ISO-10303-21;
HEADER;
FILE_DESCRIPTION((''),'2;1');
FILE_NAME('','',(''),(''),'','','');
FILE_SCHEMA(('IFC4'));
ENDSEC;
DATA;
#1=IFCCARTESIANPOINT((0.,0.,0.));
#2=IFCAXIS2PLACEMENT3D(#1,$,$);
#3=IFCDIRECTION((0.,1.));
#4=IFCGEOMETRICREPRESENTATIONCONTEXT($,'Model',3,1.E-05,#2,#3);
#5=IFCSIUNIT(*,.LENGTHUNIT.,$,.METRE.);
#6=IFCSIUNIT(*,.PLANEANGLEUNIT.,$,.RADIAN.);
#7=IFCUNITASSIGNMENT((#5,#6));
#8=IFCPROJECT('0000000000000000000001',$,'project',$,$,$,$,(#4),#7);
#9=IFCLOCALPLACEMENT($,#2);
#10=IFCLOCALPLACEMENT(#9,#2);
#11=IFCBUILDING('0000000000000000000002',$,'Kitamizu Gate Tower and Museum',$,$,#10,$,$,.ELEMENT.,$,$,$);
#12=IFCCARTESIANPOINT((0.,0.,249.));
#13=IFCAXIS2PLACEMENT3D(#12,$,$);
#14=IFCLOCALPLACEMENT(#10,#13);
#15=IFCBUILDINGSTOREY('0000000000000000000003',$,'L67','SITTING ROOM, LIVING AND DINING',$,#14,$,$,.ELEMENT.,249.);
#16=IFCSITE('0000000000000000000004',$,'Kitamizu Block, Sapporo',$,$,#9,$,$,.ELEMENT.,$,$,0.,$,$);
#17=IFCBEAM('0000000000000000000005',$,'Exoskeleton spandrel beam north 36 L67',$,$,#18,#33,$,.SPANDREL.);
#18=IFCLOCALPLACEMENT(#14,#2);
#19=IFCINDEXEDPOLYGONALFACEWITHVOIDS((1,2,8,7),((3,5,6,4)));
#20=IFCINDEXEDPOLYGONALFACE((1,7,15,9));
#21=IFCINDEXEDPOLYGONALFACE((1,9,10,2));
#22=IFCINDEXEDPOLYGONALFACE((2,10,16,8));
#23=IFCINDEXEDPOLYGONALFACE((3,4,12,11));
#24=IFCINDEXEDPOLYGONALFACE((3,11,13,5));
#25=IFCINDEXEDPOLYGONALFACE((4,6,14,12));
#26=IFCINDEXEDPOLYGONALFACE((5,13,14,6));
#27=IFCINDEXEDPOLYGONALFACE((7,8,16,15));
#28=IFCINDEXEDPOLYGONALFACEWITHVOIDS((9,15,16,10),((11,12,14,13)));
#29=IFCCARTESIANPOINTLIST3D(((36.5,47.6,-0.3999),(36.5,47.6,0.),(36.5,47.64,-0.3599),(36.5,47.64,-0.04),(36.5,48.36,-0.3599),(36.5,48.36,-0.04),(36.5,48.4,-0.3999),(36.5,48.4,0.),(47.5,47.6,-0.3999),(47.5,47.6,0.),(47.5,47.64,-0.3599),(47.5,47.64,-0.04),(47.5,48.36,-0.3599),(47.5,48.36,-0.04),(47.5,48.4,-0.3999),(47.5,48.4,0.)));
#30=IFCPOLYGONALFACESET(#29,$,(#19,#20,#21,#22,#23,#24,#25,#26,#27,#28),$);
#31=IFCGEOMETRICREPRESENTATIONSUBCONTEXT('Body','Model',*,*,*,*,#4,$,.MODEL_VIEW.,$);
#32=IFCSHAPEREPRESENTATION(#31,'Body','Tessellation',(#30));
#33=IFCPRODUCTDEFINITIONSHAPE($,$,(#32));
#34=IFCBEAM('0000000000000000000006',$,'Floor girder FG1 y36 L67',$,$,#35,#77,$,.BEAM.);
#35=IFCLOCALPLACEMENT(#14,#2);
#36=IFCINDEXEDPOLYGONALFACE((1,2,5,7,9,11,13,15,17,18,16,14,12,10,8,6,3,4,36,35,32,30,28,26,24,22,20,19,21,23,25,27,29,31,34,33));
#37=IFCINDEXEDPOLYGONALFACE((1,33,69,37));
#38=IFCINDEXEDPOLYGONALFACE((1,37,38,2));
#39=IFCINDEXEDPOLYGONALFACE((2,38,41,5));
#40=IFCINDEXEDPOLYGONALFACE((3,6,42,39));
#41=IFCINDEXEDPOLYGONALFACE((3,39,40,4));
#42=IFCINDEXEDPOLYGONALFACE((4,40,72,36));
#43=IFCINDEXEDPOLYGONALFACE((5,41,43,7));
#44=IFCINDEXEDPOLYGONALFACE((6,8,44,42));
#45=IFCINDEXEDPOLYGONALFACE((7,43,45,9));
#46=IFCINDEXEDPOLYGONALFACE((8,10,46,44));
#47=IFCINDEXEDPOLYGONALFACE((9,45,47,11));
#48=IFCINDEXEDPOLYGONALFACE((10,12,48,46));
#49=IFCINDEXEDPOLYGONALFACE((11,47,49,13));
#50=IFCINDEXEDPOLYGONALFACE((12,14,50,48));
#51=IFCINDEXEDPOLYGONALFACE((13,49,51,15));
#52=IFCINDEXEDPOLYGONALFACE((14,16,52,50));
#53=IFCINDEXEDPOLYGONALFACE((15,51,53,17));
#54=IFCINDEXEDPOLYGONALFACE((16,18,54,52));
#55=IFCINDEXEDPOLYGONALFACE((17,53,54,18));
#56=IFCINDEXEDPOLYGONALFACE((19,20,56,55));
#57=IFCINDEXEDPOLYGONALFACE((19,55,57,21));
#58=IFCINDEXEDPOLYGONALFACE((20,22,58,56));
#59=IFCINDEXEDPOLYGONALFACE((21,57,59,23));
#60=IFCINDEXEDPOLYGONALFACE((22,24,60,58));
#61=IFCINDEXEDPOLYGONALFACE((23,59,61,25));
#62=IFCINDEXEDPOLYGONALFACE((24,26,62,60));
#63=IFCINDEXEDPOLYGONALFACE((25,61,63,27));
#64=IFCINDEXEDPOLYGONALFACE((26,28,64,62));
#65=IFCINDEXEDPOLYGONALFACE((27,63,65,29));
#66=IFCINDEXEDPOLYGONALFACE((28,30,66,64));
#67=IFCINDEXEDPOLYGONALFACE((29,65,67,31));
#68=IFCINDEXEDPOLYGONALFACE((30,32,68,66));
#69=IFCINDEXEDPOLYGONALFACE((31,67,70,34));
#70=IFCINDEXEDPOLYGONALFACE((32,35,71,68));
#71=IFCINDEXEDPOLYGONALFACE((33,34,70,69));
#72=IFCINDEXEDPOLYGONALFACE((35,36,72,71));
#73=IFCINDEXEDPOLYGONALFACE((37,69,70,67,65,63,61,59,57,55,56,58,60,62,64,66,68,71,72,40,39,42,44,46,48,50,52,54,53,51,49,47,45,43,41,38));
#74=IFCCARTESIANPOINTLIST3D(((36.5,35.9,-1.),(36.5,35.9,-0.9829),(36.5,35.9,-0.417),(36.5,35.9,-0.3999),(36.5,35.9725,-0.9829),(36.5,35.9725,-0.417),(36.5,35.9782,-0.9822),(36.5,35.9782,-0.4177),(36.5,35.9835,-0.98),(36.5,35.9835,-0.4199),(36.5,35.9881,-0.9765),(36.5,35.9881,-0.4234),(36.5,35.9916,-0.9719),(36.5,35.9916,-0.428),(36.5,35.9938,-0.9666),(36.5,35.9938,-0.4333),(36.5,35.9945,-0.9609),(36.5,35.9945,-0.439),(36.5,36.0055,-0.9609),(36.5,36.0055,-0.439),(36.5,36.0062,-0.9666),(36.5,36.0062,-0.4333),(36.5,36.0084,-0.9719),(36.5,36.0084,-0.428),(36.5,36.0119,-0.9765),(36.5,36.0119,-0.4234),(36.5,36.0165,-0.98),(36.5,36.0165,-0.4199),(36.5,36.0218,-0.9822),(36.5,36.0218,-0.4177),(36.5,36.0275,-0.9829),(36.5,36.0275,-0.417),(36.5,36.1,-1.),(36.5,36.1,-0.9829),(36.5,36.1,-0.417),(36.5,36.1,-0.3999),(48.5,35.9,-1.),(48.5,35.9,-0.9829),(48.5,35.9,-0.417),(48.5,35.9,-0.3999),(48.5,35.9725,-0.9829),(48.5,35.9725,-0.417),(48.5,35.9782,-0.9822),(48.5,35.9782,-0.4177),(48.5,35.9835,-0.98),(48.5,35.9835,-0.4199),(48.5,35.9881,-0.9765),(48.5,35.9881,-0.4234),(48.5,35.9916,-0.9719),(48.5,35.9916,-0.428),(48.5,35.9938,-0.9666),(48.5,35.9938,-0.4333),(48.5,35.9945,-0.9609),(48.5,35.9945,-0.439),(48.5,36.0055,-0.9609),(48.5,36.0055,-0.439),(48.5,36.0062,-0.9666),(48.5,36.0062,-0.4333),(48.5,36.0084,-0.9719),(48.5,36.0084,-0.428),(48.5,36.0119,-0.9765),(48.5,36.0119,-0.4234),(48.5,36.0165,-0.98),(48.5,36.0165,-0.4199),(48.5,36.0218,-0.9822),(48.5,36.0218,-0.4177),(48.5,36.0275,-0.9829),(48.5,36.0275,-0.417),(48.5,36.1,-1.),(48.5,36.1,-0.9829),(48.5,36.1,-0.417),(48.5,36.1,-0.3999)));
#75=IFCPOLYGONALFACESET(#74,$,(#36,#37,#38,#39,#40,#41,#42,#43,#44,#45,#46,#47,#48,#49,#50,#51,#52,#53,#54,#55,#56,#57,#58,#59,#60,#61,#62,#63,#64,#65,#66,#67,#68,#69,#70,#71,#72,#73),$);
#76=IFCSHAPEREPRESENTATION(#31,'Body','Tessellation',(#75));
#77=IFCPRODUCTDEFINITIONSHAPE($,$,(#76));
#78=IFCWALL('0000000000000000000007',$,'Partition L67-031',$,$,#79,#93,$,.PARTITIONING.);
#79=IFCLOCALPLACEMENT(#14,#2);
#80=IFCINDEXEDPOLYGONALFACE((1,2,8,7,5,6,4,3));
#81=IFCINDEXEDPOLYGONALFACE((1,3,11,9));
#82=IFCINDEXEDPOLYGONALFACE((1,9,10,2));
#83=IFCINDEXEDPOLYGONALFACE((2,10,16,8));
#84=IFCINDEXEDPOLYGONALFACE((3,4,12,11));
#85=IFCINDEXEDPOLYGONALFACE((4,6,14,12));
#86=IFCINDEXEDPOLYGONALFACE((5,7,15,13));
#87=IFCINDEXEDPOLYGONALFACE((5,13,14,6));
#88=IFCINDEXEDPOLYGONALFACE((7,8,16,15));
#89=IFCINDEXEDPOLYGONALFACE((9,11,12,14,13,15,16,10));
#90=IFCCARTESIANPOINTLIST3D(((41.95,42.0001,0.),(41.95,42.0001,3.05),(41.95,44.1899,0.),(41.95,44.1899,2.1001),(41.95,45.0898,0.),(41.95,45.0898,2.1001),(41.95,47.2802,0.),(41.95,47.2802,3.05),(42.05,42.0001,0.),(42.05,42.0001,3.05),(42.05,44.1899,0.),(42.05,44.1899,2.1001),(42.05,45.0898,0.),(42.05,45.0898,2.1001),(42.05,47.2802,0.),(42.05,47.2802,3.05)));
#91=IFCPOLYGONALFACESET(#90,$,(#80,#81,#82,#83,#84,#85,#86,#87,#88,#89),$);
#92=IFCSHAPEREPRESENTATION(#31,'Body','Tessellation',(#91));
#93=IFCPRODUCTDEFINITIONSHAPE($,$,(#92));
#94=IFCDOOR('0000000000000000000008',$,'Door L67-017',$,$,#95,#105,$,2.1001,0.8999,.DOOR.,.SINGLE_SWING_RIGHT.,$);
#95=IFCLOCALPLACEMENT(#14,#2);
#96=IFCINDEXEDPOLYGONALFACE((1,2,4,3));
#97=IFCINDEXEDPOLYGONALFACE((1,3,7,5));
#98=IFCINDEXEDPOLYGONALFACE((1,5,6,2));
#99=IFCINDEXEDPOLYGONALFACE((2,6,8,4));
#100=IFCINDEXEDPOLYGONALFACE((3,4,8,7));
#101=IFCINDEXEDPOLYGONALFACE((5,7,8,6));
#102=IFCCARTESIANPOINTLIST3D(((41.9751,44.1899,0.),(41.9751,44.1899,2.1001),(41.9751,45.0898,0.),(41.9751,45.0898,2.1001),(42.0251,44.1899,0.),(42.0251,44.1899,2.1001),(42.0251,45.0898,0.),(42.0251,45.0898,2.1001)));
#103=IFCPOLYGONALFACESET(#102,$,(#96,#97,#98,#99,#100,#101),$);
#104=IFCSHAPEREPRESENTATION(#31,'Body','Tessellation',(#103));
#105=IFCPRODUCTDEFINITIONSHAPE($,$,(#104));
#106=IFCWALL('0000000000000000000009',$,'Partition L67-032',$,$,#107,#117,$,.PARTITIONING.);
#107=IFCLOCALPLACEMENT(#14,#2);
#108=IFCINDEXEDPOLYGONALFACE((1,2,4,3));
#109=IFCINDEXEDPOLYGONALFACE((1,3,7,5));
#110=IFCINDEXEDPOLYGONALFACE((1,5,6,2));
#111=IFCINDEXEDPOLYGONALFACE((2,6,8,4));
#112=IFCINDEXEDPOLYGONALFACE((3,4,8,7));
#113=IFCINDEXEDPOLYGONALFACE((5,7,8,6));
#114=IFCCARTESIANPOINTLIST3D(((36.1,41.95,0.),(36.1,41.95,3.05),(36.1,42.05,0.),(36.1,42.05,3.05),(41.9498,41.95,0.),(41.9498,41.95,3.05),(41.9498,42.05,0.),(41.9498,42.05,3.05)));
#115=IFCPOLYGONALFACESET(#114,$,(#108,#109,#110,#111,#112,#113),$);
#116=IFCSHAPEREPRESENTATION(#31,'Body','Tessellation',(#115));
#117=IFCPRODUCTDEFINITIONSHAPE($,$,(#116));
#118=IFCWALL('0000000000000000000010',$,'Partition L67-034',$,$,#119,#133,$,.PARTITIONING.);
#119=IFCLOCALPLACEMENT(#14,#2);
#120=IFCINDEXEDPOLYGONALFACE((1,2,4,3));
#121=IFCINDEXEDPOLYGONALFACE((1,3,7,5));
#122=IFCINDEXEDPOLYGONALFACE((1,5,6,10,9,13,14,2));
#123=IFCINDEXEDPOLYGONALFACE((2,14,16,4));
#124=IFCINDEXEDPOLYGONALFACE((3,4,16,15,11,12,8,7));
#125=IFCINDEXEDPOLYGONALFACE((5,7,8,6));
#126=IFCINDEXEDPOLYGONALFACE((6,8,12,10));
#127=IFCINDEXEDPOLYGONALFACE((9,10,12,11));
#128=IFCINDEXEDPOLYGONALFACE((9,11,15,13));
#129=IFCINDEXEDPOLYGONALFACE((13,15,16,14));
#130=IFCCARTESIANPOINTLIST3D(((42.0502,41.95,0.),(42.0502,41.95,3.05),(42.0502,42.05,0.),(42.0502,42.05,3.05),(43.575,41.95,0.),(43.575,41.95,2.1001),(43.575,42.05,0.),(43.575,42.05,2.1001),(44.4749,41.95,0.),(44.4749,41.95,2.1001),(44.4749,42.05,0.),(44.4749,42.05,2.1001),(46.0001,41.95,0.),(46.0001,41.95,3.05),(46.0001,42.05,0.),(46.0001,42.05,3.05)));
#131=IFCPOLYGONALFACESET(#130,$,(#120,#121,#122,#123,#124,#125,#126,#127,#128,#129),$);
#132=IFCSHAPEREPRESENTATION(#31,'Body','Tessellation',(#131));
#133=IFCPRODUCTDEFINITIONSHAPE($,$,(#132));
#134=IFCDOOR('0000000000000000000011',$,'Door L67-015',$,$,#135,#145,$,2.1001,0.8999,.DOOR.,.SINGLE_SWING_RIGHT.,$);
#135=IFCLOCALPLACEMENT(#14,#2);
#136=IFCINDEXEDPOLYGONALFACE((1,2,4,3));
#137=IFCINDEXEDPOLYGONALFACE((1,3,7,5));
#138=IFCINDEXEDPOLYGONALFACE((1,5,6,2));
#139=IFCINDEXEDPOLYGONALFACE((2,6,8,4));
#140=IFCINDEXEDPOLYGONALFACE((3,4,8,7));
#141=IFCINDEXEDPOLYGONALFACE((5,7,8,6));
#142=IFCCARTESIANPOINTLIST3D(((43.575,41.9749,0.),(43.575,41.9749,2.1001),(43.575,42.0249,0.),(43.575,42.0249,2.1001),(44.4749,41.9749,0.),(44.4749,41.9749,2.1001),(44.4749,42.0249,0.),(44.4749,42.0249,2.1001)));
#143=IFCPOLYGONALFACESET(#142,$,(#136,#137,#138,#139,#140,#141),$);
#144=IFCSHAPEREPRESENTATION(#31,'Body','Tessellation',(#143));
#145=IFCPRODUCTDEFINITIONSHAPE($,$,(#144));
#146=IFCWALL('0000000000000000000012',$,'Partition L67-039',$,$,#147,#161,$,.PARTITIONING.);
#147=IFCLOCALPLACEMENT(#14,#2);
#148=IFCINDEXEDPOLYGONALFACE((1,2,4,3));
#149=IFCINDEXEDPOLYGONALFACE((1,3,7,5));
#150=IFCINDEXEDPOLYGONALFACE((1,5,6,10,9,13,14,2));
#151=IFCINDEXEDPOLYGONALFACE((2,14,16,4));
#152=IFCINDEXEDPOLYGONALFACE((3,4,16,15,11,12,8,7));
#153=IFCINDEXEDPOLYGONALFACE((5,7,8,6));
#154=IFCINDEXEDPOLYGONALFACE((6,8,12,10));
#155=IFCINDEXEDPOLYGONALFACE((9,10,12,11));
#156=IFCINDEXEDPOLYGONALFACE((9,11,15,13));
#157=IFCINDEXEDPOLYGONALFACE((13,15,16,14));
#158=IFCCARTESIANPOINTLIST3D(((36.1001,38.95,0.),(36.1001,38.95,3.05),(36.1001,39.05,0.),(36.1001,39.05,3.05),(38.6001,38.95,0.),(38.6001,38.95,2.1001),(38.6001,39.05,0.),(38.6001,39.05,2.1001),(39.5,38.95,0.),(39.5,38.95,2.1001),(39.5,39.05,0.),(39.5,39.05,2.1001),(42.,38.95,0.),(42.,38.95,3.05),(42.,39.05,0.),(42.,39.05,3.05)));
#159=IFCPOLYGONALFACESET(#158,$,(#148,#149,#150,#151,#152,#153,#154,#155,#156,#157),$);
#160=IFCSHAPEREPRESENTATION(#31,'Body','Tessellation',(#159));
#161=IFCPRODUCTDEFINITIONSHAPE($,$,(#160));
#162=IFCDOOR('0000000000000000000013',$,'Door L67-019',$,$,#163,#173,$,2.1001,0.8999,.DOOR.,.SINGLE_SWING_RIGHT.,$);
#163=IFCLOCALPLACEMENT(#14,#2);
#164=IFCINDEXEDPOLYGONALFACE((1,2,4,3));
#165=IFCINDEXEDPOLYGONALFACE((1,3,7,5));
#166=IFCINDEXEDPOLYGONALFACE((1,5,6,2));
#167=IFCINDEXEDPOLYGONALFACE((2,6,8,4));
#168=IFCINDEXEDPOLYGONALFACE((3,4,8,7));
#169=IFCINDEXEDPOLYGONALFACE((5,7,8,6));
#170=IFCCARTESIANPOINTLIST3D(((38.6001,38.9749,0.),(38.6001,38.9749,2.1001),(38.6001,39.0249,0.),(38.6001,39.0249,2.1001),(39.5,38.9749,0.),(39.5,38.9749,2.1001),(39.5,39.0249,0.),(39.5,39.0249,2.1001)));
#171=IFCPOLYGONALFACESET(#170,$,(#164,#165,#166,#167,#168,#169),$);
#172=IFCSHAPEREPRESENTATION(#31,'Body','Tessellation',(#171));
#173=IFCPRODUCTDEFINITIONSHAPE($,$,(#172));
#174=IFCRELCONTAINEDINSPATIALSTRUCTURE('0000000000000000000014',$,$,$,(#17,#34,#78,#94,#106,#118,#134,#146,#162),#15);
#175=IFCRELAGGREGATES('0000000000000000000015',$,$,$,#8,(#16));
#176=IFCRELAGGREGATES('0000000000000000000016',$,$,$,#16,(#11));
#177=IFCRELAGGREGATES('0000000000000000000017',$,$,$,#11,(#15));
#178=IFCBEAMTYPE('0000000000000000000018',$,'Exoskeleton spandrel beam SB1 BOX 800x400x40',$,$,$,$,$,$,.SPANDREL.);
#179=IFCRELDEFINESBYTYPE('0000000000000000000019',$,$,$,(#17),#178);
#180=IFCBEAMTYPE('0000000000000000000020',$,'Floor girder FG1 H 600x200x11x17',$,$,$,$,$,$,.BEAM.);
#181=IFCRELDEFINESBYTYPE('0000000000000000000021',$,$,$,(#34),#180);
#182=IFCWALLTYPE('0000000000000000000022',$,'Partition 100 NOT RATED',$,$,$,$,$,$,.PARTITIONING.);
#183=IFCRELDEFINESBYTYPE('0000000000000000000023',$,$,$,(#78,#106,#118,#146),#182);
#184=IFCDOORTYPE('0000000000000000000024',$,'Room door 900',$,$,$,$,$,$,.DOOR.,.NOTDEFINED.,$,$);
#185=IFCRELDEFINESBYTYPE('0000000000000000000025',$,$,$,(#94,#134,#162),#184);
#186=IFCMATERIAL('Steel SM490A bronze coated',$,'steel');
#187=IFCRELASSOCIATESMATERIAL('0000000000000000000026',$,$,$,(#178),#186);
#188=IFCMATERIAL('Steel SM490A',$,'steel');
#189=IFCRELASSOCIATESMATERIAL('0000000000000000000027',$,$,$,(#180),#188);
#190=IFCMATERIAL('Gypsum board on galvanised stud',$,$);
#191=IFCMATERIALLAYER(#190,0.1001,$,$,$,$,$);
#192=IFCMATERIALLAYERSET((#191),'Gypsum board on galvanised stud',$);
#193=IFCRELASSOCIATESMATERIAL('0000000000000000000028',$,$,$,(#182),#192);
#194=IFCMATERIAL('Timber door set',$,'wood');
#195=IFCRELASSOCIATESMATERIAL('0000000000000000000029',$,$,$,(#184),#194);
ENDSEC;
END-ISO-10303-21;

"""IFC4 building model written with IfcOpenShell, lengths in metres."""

from ifc_helpers import new_model, si_unit, direction, frame, frame_2d, origin, origin_2d, place, context, subcontext, project, spatial, rectangle, hollow_rectangle, i_section, extrude, material, layer, layer_set, material_profile, profile_set, type_object, element, fill, save


model = new_model("IFC4")

# Units and contexts
model_context = context("Model", 3, precision=1e-05, world=origin(), true_north=direction((0.0, 1.0)))
body_context = subcontext(model_context, "Body", "Model", "MODEL_VIEW")
ifc_project = project(units=[si_unit("LENGTHUNIT", "METRE"), si_unit("PLANEANGLEUNIT", "RADIAN")], contexts=[model_context])

# Site, building, storey
site_placement = place(None, origin())
site = spatial("IfcSite", under=ifc_project, at=site_placement, Name="Kitamizu Block, Sapporo", CompositionType="ELEMENT", RefElevation=0.0)
building_placement = place(site_placement, origin())
building = spatial("IfcBuilding", under=site, at=building_placement, Name="Kitamizu Gate Tower and Museum", CompositionType="ELEMENT")
storey_placement = place(building_placement, frame((0.0, 0.0, 249.0)))
storey = spatial("IfcBuildingStorey", under=building, at=storey_placement, Name="L67", Description="SITTING ROOM, LIVING AND DINING", CompositionType="ELEMENT", Elevation=249.0)

# Beams
ifc_material_1 = material(Name="Steel SM490A bronze coated", Category="steel")
ifc_material_profile_1 = material_profile(ifc_material_1, hollow_rectangle(XDim=0.8, YDim=0.3999, WallThickness=0.04, at=origin_2d()), Name="BOX 800x400x40")
ifc_profile_set_1 = profile_set([ifc_material_profile_1], Name="Steel SM490A bronze coated")
beam_type_1 = type_object("IfcBeamType", Name="Exoskeleton spandrel beam SB1 BOX 800x400x40", PredefinedType="SPANDREL", material=ifc_profile_set_1)
beam_1_placement = place(storey_placement, frame((36.5, 48.0, -0.2), z_axis=(1.0, 0.0, 0.0), x_axis=(0.0, 1.0, 0.0)))
element("IfcBeam", 1, at=beam_1_placement, inside=storey, type_object=beam_type_1, Name="Exoskeleton spandrel beam north 36 L67", PredefinedType="SPANDREL", context=body_context, shape_type="SweptSolid", body=[
    extrude(hollow_rectangle(XDim=0.8, YDim=0.3999, WallThickness=0.04, at=origin_2d()), origin(), (0.0, 0.0, 1.0), 11.0),
])
ifc_material_2 = material(Name="Steel SM490A", Category="steel")
ifc_material_profile_2 = material_profile(ifc_material_2, i_section(OverallWidth=0.2, OverallDepth=0.6001, WebThickness=0.011, FlangeThickness=0.0171, FilletRadius=0.022, at=origin_2d()), Name="H-600x200x11x17")
ifc_profile_set_2 = profile_set([ifc_material_profile_2], Name="Steel SM490A")
beam_type_2 = type_object("IfcBeamType", Name="Floor girder FG1 H 600x200x11x17", PredefinedType="BEAM", material=ifc_profile_set_2)
beam_2_placement = place(storey_placement, frame((36.5, 36.0, -0.7), z_axis=(1.0, 0.0, 0.0), x_axis=(0.0, 1.0, 0.0)))
element("IfcBeam", 2, at=beam_2_placement, inside=storey, type_object=beam_type_2, Name="Floor girder FG1 y36 L67", PredefinedType="BEAM", context=body_context, shape_type="SweptSolid", body=[
    extrude(i_section(OverallWidth=0.2, OverallDepth=0.6001, WebThickness=0.011, FlangeThickness=0.0171, FilletRadius=0.022, at=origin_2d()), origin(), (0.0, 0.0, 1.0), 12.0),
])

# Wall, opening, door
ifc_material_3 = material(Name="Gypsum board on galvanised stud")
ifc_layer_1 = layer(ifc_material_3, 0.1001)
ifc_layer_set_1 = layer_set([ifc_layer_1], Name="Gypsum board on galvanised stud")
wall_type_1 = type_object("IfcWallType", Name="Partition 100 NOT RATED", PredefinedType="PARTITIONING", material=ifc_layer_set_1)
wall_1_placement = place(storey_placement, frame((42.0, 42.0, 0.0), z_axis=(0.0, 0.0, 1.0), x_axis=(0.0, 1.0, 0.0)))
wall_1 = element("IfcWall", 3, at=wall_1_placement, inside=storey, type_object=wall_type_1, Name="Partition L67-031", PredefinedType="PARTITIONING", context=body_context, shape_type="SweptSolid", body=[
    extrude(rectangle(XDim=5.28, YDim=0.1001, at=frame_2d((2.6401, 0.0))), origin(), (0.0, 0.0, 1.0), 3.05),
])
opening_1_placement = place(wall_1_placement, frame((2.1899, 0.0, 0.0)))
opening_1 = element("IfcOpeningElement", 4, at=opening_1_placement, cuts=wall_1, PredefinedType="OPENING", context=body_context, shape_type="SweptSolid", body=[
    extrude(rectangle(XDim=0.8999, YDim=2.1001, at=frame_2d((0.45, 1.05))), frame((0.0, 0.0601, 0.0), z_axis=(0.0, -1.0, 0.0), x_axis=(1.0, 0.0, 0.0)), (0.0, 0.0, 1.0), 0.1201),
])
ifc_material_4 = material(Name="Timber door set", Category="wood")
door_type = type_object("IfcDoorType", Name="Room door 900", OperationType="NOTDEFINED", PredefinedType="DOOR", material=ifc_material_4)
door_1_placement = place(opening_1_placement, origin())
door_1 = element("IfcDoor", 5, at=door_1_placement, inside=storey, type_object=door_type, Name="Door L67-017", OperationType="SINGLE_SWING_RIGHT", OverallHeight=2.1001, OverallWidth=0.8999, PredefinedType="DOOR", context=body_context, shape_type="SweptSolid", body=[
    extrude(rectangle(XDim=0.8999, YDim=2.1001, at=frame_2d((0.45, 1.05))), frame((0.0, 0.0249, 0.0), z_axis=(0.0, -1.0, 0.0), x_axis=(1.0, 0.0, 0.0)), (0.0, 0.0, 1.0), 0.05),
])
fill(opening_1, door_1)

# Wall
wall_2_placement = place(storey_placement, frame((36.1001, 42.0, 0.0), z_axis=(0.0, 0.0, 1.0), x_axis=(1.0, 0.0, 0.0)))
element("IfcWall", 6, at=wall_2_placement, inside=storey, type_object=wall_type_1, Name="Partition L67-032", PredefinedType="PARTITIONING", context=body_context, shape_type="SweptSolid", body=[
    extrude(rectangle(XDim=5.8499, YDim=0.1001, at=frame_2d((2.9248, 0.0))), origin(), (0.0, 0.0, 1.0), 3.05),
])

# Walls, openings, doors
wall_3_placement = place(storey_placement, frame((42.05, 42.0, 0.0), z_axis=(0.0, 0.0, 1.0), x_axis=(1.0, 0.0, 0.0)))
wall_3 = element("IfcWall", 7, at=wall_3_placement, inside=storey, type_object=wall_type_1, Name="Partition L67-034", PredefinedType="PARTITIONING", context=body_context, shape_type="SweptSolid", body=[
    extrude(rectangle(XDim=3.95, YDim=0.1001, at=frame_2d((1.9751, 0.0))), origin(), (0.0, 0.0, 1.0), 3.05),
])
opening_2_placement = place(wall_3_placement, frame((1.5249, 0.0, 0.0)))
opening_2 = element("IfcOpeningElement", 8, at=opening_2_placement, cuts=wall_3, PredefinedType="OPENING", context=body_context, shape_type="SweptSolid", body=[
    extrude(rectangle(XDim=0.8999, YDim=2.1001, at=frame_2d((0.45, 1.05))), frame((0.0, 0.0601, 0.0), z_axis=(0.0, -1.0, 0.0), x_axis=(1.0, 0.0, 0.0)), (0.0, 0.0, 1.0), 0.1201),
])
door_2_placement = place(opening_2_placement, origin())
door_2 = element("IfcDoor", 9, at=door_2_placement, inside=storey, type_object=door_type, Name="Door L67-015", OperationType="SINGLE_SWING_RIGHT", OverallHeight=2.1001, OverallWidth=0.8999, PredefinedType="DOOR", context=body_context, shape_type="SweptSolid", body=[
    extrude(rectangle(XDim=0.8999, YDim=2.1001, at=frame_2d((0.45, 1.05))), frame((0.0, 0.0249, 0.0), z_axis=(0.0, -1.0, 0.0), x_axis=(1.0, 0.0, 0.0)), (0.0, 0.0, 1.0), 0.05),
])
fill(opening_2, door_2)
wall_4_placement = place(storey_placement, frame((42.0, 39.0, 0.0), z_axis=(0.0, 0.0, 1.0), x_axis=(-1.0, 0.0, 0.0)))
wall_4 = element("IfcWall", 10, at=wall_4_placement, inside=storey, type_object=wall_type_1, Name="Partition L67-039", PredefinedType="PARTITIONING", context=body_context, shape_type="SweptSolid", body=[
    extrude(rectangle(XDim=5.8999, YDim=0.1001, at=frame_2d((2.95, 0.0))), origin(), (0.0, 0.0, 1.0), 3.05),
])
opening_3_placement = place(wall_4_placement, frame((2.5, 0.0, 0.0)))
opening_3 = element("IfcOpeningElement", 11, at=opening_3_placement, cuts=wall_4, PredefinedType="OPENING", context=body_context, shape_type="SweptSolid", body=[
    extrude(rectangle(XDim=0.8999, YDim=2.1001, at=frame_2d((0.45, 1.05))), frame((0.0, 0.0601, 0.0), z_axis=(0.0, -1.0, 0.0), x_axis=(1.0, 0.0, 0.0)), (0.0, 0.0, 1.0), 0.1201),
])
door_3_placement = place(opening_3_placement, frame((0.8999, 0.0, 0.0), x_axis=(-1.0, 0.0, 0.0)))
door_3 = element("IfcDoor", 12, at=door_3_placement, inside=storey, type_object=door_type, Name="Door L67-019", OperationType="SINGLE_SWING_RIGHT", OverallHeight=2.1001, OverallWidth=0.8999, PredefinedType="DOOR", context=body_context, shape_type="SweptSolid", body=[
    extrude(rectangle(XDim=0.8999, YDim=2.1001, at=frame_2d((0.45, 1.05))), frame((0.0, 0.0249, 0.0), z_axis=(0.0, -1.0, 0.0), x_axis=(1.0, 0.0, 0.0)), (0.0, 0.0, 1.0), 0.05),
])
fill(opening_3, door_3)

save(model, "model.ifc")
